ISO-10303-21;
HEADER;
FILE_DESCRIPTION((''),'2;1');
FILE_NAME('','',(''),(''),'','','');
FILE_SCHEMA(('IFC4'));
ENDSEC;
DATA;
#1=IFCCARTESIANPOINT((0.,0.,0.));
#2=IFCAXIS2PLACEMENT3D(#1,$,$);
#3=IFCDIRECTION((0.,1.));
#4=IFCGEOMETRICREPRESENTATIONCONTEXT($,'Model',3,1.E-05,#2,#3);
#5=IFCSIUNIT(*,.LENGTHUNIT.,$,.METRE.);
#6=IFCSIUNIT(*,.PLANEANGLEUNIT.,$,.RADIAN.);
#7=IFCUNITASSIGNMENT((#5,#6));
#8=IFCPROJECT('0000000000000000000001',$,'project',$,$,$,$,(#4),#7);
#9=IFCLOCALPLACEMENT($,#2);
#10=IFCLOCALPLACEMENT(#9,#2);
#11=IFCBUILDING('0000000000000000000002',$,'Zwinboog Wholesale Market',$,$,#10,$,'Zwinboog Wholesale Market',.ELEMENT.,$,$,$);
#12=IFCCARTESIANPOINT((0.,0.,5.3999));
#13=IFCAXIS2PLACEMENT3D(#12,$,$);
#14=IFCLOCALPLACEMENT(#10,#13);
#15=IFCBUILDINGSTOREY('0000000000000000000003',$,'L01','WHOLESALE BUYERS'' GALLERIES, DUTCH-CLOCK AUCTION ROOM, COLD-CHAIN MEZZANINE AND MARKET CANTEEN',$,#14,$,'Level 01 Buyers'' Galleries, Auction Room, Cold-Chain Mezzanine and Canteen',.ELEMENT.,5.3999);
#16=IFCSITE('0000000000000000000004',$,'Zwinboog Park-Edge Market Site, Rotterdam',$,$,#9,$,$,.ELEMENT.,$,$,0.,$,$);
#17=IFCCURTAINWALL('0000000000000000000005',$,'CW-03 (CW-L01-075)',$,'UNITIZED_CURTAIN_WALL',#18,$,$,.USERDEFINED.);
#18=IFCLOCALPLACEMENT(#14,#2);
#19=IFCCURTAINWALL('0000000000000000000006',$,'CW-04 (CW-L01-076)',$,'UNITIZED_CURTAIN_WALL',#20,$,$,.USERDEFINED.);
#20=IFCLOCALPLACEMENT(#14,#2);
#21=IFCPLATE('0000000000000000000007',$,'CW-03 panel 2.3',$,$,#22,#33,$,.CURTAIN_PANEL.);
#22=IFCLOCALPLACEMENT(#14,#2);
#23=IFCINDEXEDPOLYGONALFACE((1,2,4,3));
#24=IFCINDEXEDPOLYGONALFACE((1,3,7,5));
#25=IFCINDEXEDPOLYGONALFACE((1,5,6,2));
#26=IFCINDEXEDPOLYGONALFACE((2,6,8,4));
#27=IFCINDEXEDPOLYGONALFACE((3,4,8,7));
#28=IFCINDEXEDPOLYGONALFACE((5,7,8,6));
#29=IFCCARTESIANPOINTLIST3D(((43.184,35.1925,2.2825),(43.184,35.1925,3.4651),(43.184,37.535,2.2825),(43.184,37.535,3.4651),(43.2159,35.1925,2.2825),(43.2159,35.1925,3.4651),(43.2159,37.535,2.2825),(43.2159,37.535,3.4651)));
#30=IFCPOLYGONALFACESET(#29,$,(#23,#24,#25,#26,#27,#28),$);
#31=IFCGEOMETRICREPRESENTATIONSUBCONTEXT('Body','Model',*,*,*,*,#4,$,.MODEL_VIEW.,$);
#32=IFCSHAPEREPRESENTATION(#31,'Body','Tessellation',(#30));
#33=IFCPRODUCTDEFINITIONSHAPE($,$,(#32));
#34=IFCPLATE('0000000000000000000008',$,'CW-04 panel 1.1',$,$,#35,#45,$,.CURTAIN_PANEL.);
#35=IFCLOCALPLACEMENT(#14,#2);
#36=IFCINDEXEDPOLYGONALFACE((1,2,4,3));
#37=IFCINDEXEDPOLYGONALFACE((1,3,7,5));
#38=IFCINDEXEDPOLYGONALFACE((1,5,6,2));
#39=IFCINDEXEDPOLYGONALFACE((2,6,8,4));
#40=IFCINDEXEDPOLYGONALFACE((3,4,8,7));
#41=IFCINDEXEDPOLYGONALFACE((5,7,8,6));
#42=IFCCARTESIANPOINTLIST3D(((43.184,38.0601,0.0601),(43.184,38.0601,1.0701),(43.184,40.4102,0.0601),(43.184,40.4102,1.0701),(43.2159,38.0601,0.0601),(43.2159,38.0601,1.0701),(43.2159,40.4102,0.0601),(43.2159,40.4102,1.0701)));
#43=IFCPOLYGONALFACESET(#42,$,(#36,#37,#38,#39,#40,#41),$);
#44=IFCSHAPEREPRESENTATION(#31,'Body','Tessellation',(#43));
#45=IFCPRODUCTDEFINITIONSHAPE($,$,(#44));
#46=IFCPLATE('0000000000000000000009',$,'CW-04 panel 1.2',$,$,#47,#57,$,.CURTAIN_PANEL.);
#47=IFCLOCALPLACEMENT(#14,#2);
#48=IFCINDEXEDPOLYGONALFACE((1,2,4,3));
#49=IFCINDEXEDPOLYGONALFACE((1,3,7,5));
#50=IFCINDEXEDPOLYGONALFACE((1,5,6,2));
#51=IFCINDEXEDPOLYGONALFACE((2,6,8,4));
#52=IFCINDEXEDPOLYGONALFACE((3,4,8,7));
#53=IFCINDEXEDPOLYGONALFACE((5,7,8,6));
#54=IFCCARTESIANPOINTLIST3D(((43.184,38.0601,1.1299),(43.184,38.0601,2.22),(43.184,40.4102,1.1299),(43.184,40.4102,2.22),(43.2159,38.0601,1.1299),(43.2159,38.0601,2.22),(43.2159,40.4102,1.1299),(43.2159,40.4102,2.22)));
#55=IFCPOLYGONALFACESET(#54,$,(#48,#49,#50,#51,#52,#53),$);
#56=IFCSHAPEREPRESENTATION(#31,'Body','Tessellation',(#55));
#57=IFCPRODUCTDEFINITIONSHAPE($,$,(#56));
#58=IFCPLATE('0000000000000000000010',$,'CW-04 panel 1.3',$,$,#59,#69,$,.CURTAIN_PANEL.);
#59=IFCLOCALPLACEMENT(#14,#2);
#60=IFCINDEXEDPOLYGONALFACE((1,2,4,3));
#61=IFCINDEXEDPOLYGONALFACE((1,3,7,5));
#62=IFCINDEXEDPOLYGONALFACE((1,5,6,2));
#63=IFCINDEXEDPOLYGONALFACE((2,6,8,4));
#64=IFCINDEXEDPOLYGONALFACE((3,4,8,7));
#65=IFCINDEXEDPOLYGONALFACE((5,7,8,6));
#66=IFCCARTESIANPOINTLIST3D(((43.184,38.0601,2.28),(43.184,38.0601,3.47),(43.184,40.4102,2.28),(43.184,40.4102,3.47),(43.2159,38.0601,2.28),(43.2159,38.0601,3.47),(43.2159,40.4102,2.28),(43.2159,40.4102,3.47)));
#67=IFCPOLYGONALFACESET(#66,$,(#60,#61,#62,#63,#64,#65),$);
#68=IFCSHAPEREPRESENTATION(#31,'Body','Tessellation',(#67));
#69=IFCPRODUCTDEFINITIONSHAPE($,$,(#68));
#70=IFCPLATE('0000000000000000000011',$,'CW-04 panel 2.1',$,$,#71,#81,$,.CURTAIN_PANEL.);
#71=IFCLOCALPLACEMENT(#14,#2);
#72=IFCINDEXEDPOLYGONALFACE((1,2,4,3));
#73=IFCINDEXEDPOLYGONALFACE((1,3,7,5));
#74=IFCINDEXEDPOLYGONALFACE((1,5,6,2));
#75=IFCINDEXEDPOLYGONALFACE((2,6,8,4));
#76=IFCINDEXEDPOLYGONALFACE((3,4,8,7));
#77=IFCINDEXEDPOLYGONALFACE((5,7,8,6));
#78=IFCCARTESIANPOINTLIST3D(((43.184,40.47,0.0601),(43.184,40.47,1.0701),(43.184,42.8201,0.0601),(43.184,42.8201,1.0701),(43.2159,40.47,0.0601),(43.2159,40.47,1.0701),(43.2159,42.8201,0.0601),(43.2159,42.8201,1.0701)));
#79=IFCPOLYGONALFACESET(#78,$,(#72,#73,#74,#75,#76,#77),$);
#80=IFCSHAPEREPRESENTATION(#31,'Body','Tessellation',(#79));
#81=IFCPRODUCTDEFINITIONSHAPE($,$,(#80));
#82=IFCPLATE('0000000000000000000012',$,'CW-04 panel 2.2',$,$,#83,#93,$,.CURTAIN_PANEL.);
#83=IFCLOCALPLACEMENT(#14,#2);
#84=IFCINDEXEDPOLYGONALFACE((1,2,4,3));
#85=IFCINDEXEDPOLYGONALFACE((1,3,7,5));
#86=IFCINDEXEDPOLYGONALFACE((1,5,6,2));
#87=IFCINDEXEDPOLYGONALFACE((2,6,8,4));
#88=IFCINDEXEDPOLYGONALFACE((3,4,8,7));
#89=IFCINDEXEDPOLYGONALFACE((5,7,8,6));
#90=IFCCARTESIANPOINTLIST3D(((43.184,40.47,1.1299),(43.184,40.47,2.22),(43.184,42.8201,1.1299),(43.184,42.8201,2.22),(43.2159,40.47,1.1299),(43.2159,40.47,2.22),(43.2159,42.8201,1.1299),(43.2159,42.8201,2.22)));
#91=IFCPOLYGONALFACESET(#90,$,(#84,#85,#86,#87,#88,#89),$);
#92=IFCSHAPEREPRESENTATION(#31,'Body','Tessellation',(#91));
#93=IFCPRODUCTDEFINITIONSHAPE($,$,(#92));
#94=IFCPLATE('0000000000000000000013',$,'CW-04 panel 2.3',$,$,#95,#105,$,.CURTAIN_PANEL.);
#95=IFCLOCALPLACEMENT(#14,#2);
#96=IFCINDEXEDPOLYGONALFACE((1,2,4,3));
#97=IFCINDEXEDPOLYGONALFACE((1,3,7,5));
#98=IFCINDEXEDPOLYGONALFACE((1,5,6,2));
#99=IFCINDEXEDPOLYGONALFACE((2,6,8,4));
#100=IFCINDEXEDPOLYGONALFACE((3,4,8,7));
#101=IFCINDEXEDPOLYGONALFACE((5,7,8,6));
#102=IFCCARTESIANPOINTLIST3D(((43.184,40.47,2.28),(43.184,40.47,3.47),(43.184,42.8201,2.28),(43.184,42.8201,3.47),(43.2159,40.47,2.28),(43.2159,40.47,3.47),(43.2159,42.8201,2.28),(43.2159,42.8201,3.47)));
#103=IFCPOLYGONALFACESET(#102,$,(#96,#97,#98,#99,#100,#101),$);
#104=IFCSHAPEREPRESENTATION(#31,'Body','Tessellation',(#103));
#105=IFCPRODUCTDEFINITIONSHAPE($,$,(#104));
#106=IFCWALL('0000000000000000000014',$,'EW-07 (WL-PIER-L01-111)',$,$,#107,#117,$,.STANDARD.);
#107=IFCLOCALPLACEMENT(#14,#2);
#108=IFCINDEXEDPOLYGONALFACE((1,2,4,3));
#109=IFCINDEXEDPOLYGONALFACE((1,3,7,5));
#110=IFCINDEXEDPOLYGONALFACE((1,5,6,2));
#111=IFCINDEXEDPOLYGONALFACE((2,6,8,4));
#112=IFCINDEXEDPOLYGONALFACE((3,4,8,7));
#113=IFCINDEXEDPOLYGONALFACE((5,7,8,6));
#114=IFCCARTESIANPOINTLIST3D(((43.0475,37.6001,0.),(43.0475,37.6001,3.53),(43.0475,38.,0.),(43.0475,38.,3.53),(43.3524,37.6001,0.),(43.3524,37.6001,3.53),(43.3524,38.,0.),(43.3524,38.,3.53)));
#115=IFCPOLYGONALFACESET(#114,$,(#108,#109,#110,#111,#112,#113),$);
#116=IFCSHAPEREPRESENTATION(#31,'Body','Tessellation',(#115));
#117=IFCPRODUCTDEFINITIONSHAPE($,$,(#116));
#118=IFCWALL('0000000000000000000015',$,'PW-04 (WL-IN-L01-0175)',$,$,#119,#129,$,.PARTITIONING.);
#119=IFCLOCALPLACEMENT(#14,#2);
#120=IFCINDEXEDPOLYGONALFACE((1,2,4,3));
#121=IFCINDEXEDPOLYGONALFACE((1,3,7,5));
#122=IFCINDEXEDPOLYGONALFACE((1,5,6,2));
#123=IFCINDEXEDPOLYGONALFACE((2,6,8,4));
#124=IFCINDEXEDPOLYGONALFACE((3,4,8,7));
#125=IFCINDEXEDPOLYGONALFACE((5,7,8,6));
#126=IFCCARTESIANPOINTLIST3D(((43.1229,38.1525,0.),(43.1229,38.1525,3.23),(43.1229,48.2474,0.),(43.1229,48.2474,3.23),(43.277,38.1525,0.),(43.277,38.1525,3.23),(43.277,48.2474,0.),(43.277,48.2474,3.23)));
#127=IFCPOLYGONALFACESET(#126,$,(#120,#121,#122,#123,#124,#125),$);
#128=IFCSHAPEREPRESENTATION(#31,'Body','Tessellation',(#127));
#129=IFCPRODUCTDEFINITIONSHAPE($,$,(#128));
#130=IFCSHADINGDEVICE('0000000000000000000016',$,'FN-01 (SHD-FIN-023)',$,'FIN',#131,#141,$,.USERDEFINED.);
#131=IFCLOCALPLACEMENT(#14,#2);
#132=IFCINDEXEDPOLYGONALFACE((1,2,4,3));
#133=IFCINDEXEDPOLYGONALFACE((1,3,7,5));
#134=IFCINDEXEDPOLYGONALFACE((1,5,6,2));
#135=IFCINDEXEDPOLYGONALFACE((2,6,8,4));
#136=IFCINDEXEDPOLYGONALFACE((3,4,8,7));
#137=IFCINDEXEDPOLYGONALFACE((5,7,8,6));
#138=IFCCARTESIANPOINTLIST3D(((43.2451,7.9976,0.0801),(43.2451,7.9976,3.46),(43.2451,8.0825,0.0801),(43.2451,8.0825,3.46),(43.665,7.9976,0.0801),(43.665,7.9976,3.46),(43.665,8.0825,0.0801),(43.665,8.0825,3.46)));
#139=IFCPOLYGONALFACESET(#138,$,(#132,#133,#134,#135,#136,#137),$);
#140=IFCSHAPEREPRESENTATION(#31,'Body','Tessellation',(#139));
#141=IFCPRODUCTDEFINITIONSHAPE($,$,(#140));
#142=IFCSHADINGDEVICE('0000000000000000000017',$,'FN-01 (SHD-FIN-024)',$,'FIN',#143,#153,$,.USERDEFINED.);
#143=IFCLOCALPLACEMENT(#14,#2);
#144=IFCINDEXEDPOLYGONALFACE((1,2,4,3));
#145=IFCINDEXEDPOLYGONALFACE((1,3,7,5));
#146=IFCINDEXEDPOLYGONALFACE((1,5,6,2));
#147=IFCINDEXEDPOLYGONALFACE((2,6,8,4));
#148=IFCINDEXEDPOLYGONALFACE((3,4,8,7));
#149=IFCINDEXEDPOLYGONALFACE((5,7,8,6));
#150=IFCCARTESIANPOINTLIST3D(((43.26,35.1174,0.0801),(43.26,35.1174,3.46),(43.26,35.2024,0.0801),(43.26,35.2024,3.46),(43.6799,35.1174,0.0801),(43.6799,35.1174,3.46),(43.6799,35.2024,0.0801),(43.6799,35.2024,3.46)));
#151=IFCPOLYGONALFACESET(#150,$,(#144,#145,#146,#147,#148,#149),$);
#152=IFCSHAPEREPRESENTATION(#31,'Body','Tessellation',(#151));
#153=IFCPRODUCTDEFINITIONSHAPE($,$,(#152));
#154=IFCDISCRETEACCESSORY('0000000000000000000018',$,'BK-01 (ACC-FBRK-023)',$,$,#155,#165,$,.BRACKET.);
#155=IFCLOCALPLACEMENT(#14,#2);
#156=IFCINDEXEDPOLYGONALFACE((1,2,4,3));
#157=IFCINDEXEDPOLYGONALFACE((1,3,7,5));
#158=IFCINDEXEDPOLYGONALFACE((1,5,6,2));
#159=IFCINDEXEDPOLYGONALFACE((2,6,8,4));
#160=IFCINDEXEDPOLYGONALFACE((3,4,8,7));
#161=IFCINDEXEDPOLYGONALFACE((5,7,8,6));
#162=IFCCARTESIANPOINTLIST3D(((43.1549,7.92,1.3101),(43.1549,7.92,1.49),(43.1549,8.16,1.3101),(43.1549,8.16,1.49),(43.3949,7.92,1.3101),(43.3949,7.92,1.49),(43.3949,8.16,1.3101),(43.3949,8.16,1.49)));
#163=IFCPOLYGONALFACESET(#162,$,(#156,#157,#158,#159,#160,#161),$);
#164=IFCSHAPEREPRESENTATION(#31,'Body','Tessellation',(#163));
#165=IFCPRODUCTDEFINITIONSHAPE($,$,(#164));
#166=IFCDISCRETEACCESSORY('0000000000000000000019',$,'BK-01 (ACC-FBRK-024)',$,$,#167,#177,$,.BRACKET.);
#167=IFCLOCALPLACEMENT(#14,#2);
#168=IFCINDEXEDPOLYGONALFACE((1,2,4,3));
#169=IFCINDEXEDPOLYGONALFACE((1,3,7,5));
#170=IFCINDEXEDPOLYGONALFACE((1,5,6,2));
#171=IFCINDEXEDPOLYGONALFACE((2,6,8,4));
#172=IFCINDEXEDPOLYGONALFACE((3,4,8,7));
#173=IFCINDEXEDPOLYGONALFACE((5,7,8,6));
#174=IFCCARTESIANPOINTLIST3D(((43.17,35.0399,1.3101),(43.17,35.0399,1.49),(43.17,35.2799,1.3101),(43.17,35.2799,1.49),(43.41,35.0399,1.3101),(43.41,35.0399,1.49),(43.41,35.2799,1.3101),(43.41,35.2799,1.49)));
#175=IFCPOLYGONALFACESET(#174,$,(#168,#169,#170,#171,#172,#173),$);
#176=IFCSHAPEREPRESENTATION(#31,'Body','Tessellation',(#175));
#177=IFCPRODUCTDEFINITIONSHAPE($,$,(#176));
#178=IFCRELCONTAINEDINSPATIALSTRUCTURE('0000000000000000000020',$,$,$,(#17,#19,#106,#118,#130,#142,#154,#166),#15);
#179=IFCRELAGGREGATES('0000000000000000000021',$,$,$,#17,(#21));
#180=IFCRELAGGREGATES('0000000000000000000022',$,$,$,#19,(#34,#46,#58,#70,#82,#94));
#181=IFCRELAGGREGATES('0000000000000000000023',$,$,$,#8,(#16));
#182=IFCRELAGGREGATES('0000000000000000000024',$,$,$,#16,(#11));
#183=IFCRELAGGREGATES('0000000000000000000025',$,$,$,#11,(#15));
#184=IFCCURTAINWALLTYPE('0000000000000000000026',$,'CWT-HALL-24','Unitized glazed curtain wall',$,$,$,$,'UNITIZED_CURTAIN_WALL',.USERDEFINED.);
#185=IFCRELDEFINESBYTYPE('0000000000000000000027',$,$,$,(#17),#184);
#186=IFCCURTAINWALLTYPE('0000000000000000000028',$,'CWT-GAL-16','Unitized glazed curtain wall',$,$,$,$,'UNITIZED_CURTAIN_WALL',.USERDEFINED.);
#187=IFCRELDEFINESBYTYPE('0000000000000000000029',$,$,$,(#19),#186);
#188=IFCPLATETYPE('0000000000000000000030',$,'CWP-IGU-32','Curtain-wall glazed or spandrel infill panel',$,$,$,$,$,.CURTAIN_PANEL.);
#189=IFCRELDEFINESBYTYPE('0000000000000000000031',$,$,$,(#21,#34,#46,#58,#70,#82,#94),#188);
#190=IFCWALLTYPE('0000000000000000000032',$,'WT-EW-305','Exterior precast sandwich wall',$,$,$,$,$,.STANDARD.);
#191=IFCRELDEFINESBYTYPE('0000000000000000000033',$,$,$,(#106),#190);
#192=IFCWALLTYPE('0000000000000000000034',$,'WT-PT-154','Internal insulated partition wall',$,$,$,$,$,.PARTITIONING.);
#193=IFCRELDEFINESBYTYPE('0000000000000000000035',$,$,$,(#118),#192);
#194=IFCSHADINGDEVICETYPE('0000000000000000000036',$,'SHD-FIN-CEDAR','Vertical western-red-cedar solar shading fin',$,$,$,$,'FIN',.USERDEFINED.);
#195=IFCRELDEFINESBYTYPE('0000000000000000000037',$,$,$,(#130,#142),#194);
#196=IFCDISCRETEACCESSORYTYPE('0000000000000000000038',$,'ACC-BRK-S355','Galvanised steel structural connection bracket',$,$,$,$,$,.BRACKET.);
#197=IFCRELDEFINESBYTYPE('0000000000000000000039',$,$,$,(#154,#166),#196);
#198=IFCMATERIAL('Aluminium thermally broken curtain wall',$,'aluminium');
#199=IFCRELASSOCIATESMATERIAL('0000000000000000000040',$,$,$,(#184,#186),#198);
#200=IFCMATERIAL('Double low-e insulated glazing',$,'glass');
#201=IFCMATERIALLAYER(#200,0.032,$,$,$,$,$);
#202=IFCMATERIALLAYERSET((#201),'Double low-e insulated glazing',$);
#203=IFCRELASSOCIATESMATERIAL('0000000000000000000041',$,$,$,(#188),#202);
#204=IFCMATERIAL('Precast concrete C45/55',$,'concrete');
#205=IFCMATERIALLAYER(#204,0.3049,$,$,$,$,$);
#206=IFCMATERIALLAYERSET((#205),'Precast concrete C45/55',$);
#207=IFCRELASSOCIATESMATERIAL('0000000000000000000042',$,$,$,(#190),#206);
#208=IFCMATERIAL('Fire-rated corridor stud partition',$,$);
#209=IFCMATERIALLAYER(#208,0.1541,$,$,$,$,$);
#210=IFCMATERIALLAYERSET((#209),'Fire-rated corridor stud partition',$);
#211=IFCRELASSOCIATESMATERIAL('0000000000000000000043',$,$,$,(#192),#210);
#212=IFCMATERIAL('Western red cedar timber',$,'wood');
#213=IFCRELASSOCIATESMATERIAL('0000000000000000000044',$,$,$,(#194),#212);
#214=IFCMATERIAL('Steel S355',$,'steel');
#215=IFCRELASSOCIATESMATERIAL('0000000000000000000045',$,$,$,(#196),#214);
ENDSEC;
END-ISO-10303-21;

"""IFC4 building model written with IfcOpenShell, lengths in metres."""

from ifc_helpers import new_model, si_unit, direction, frame, frame_2d, origin, origin_2d, place, context, subcontext, project, spatial, rectangle, extrude, material, layer, layer_set, type_object, element, aggregate, save


model = new_model("IFC4")

# Units and contexts
model_context = context("Model", 3, precision=1e-05, world=origin(), true_north=direction((0.0, 1.0)))
body_context = subcontext(model_context, "Body", "Model", "MODEL_VIEW")
ifc_project = project(units=[si_unit("LENGTHUNIT", "METRE"), si_unit("PLANEANGLEUNIT", "RADIAN")], contexts=[model_context])

# Site, building, storey
site_placement = place(None, origin())
site = spatial("IfcSite", under=ifc_project, at=site_placement, Name="Zwinboog Park-Edge Market Site, Rotterdam", CompositionType="ELEMENT", RefElevation=0.0)
building_placement = place(site_placement, origin())
building = spatial("IfcBuilding", under=site, at=building_placement, Name="Zwinboog Wholesale Market", LongName="Zwinboog Wholesale Market", CompositionType="ELEMENT")
storey_placement = place(building_placement, frame((0.0, 0.0, 5.3999)))
storey = spatial("IfcBuildingStorey", under=building, at=storey_placement, Name="L01", Description="WHOLESALE BUYERS' GALLERIES, DUTCH-CLOCK AUCTION ROOM, COLD-CHAIN MEZZANINE AND MARKET CANTEEN", LongName="Level 01 Buyers' Galleries, Auction Room, Cold-Chain Mezzanine and Canteen", CompositionType="ELEMENT", Elevation=5.3999)

# Shared definitions
ifc_material_1 = material(Name="Precast concrete C45/55", Category="concrete")

# Curtain walls
ifc_material_2 = material(Name="Aluminium thermally broken curtain wall", Category="aluminium")
curtain_wall_type_1 = type_object("IfcCurtainWallType", Name="CWT-HALL-24", Description="Unitized glazed curtain wall", ElementType="UNITIZED_CURTAIN_WALL", PredefinedType="USERDEFINED", material=ifc_material_2)
curtain_wall_1_placement = place(storey_placement, origin())
curtain_wall_1 = element("IfcCurtainWall", 1, at=curtain_wall_1_placement, inside=storey, type_object=curtain_wall_type_1, Name="CW-03 (CW-L01-075)", ObjectType="UNITIZED_CURTAIN_WALL", PredefinedType="USERDEFINED")
curtain_wall_type_2 = type_object("IfcCurtainWallType", Name="CWT-GAL-16", Description="Unitized glazed curtain wall", ElementType="UNITIZED_CURTAIN_WALL", PredefinedType="USERDEFINED", material=ifc_material_2)
curtain_wall_2_placement = place(storey_placement, origin())
curtain_wall_2 = element("IfcCurtainWall", 2, at=curtain_wall_2_placement, inside=storey, type_object=curtain_wall_type_2, Name="CW-04 (CW-L01-076)", ObjectType="UNITIZED_CURTAIN_WALL", PredefinedType="USERDEFINED")

# Plates
ifc_material_3 = material(Name="Double low-e insulated glazing", Category="glass")
ifc_layer_1 = layer(ifc_material_3, 0.032)
ifc_layer_set_1 = layer_set([ifc_layer_1], Name="Double low-e insulated glazing")
plate_type = type_object("IfcPlateType", Name="CWP-IGU-32", Description="Curtain-wall glazed or spandrel infill panel", PredefinedType="CURTAIN_PANEL", material=ifc_layer_set_1)
plate_1_placement = place(storey_placement, frame((43.2, 36.3638, 2.2825), z_axis=(0.0, 0.0, 1.0), x_axis=(0.0, 1.0, 0.0)))
plate_1 = element("IfcPlate", 3, at=plate_1_placement, type_object=plate_type, Name="CW-03 panel 2.3", PredefinedType="CURTAIN_PANEL", context=body_context, shape_type="SweptSolid", body=[
    extrude(rectangle(XDim=2.3425, YDim=0.032, at=origin_2d()), origin(), (0.0, 0.0, 1.0), 1.1826),
])
aggregate(curtain_wall_1, [plate_1])
plate_2_placement = place(storey_placement, frame((43.2, 39.2351, 0.0601), z_axis=(0.0, 0.0, 1.0), x_axis=(0.0, 1.0, 0.0)))
plate_2 = element("IfcPlate", 4, at=plate_2_placement, type_object=plate_type, Name="CW-04 panel 1.1", PredefinedType="CURTAIN_PANEL", context=body_context, shape_type="SweptSolid", body=[
    extrude(rectangle(XDim=2.3501, YDim=0.032, at=origin_2d()), origin(), (0.0, 0.0, 1.0), 1.01),
])
plate_3_placement = place(storey_placement, frame((43.2, 39.2351, 1.1299), z_axis=(0.0, 0.0, 1.0), x_axis=(0.0, 1.0, 0.0)))
plate_3 = element("IfcPlate", 5, at=plate_3_placement, type_object=plate_type, Name="CW-04 panel 1.2", PredefinedType="CURTAIN_PANEL", context=body_context, shape_type="SweptSolid", body=[
    extrude(rectangle(XDim=2.3501, YDim=0.032, at=origin_2d()), origin(), (0.0, 0.0, 1.0), 1.0901),
])
plate_4_placement = place(storey_placement, frame((43.2, 39.2351, 2.28), z_axis=(0.0, 0.0, 1.0), x_axis=(0.0, 1.0, 0.0)))
plate_4 = element("IfcPlate", 6, at=plate_4_placement, type_object=plate_type, Name="CW-04 panel 1.3", PredefinedType="CURTAIN_PANEL", context=body_context, shape_type="SweptSolid", body=[
    extrude(rectangle(XDim=2.3501, YDim=0.032, at=origin_2d()), origin(), (0.0, 0.0, 1.0), 1.1899),
])
plate_5_placement = place(storey_placement, frame((43.2, 41.645, 0.0601), z_axis=(0.0, 0.0, 1.0), x_axis=(0.0, 1.0, 0.0)))
plate_5 = element("IfcPlate", 7, at=plate_5_placement, type_object=plate_type, Name="CW-04 panel 2.1", PredefinedType="CURTAIN_PANEL", context=body_context, shape_type="SweptSolid", body=[
    extrude(rectangle(XDim=2.3501, YDim=0.032, at=origin_2d()), origin(), (0.0, 0.0, 1.0), 1.01),
])
plate_6_placement = place(storey_placement, frame((43.2, 41.645, 1.1299), z_axis=(0.0, 0.0, 1.0), x_axis=(0.0, 1.0, 0.0)))
plate_6 = element("IfcPlate", 8, at=plate_6_placement, type_object=plate_type, Name="CW-04 panel 2.2", PredefinedType="CURTAIN_PANEL", context=body_context, shape_type="SweptSolid", body=[
    extrude(rectangle(XDim=2.3501, YDim=0.032, at=origin_2d()), origin(), (0.0, 0.0, 1.0), 1.0901),
])
plate_7_placement = place(storey_placement, frame((43.2, 41.645, 2.28), z_axis=(0.0, 0.0, 1.0), x_axis=(0.0, 1.0, 0.0)))
plate_7 = element("IfcPlate", 9, at=plate_7_placement, type_object=plate_type, Name="CW-04 panel 2.3", PredefinedType="CURTAIN_PANEL", context=body_context, shape_type="SweptSolid", body=[
    extrude(rectangle(XDim=2.3501, YDim=0.032, at=origin_2d()), origin(), (0.0, 0.0, 1.0), 1.1899),
])
aggregate(curtain_wall_2, [plate_2, plate_3, plate_4, plate_5, plate_6, plate_7])

# Walls
ifc_layer_2 = layer(ifc_material_1, 0.3049)
ifc_layer_set_2 = layer_set([ifc_layer_2], Name="Precast concrete C45/55")
wall_type_1 = type_object("IfcWallType", Name="WT-EW-305", Description="Exterior precast sandwich wall", PredefinedType="STANDARD", material=ifc_layer_set_2)
wall_1_placement = place(storey_placement, frame((43.2, 37.6001, 0.0), z_axis=(0.0, 0.0, 1.0), x_axis=(0.0, 1.0, 0.0)))
element("IfcWall", 10, at=wall_1_placement, inside=storey, type_object=wall_type_1, Name="EW-07 (WL-PIER-L01-111)", PredefinedType="STANDARD", context=body_context, shape_type="SweptSolid", body=[
    extrude(rectangle(XDim=0.3999, YDim=0.3049, at=frame_2d((0.2, 0.0))), origin(), (0.0, 0.0, 1.0), 3.53),
])
ifc_material_4 = material(Name="Fire-rated corridor stud partition")
ifc_layer_3 = layer(ifc_material_4, 0.1541)
ifc_layer_set_3 = layer_set([ifc_layer_3], Name="Fire-rated corridor stud partition")
wall_type_2 = type_object("IfcWallType", Name="WT-PT-154", Description="Internal insulated partition wall", PredefinedType="PARTITIONING", material=ifc_layer_set_3)
wall_2_placement = place(storey_placement, frame((43.2, 38.1526, 0.0), z_axis=(0.0, 0.0, 1.0), x_axis=(0.0, 1.0, 0.0)))
element("IfcWall", 11, at=wall_2_placement, inside=storey, type_object=wall_type_2, Name="PW-04 (WL-IN-L01-0175)", PredefinedType="PARTITIONING", context=body_context, shape_type="SweptSolid", body=[
    extrude(rectangle(XDim=10.095, YDim=0.1541, at=frame_2d((5.0474, 0.0))), origin(), (0.0, 0.0, 1.0), 3.23),
])

# Shading devices
ifc_material_5 = material(Name="Western red cedar timber", Category="wood")
shading_device_type = type_object("IfcShadingDeviceType", Name="SHD-FIN-CEDAR", Description="Vertical western-red-cedar solar shading fin", ElementType="FIN", PredefinedType="USERDEFINED", material=ifc_material_5)
for number, where, z_axis, x_axis, name in (
    (12, (43.4551, 8.04, 0.0801), (0.0, 0.0, 1.0), (1.0, 0.0, 0.0), "FN-01 (SHD-FIN-023)"),
    (13, (43.47, 35.1599, 0.0801), (0.0, 0.0, 1.0), (1.0, 0.0, 0.0), "FN-01 (SHD-FIN-024)"),
):
    element("IfcShadingDevice", number, at=place(storey_placement, frame(where, z_axis=z_axis, x_axis=x_axis)), inside=storey, type_object=shading_device_type, Name=name, ObjectType="FIN", PredefinedType="USERDEFINED", context=body_context, shape_type="SweptSolid", body=[
        extrude(rectangle(XDim=0.4199, YDim=0.085, at=origin_2d()), origin(), (0.0, 0.0, 1.0), 3.3799),
    ])

# Discrete accessories
ifc_material_6 = material(Name="Steel S355", Category="steel")
discrete_accessory_type = type_object("IfcDiscreteAccessoryType", Name="ACC-BRK-S355", Description="Galvanised steel structural connection bracket", PredefinedType="BRACKET", material=ifc_material_6)
for number, where, z_axis, x_axis, name in (
    (14, (43.2749, 8.04, 1.3101), (0.0, 0.0, 1.0), (1.0, 0.0, 0.0), "BK-01 (ACC-FBRK-023)"),
    (15, (43.29, 35.1599, 1.3101), (0.0, 0.0, 1.0), (1.0, 0.0, 0.0), "BK-01 (ACC-FBRK-024)"),
):
    element("IfcDiscreteAccessory", number, at=place(storey_placement, frame(where, z_axis=z_axis, x_axis=x_axis)), inside=storey, type_object=discrete_accessory_type, Name=name, PredefinedType="BRACKET", context=body_context, shape_type="SweptSolid", body=[
        extrude(rectangle(XDim=0.24, YDim=0.24, at=origin_2d()), origin(), (0.0, 0.0, 1.0), 0.1799),
    ])

save(model, "model.ifc")
